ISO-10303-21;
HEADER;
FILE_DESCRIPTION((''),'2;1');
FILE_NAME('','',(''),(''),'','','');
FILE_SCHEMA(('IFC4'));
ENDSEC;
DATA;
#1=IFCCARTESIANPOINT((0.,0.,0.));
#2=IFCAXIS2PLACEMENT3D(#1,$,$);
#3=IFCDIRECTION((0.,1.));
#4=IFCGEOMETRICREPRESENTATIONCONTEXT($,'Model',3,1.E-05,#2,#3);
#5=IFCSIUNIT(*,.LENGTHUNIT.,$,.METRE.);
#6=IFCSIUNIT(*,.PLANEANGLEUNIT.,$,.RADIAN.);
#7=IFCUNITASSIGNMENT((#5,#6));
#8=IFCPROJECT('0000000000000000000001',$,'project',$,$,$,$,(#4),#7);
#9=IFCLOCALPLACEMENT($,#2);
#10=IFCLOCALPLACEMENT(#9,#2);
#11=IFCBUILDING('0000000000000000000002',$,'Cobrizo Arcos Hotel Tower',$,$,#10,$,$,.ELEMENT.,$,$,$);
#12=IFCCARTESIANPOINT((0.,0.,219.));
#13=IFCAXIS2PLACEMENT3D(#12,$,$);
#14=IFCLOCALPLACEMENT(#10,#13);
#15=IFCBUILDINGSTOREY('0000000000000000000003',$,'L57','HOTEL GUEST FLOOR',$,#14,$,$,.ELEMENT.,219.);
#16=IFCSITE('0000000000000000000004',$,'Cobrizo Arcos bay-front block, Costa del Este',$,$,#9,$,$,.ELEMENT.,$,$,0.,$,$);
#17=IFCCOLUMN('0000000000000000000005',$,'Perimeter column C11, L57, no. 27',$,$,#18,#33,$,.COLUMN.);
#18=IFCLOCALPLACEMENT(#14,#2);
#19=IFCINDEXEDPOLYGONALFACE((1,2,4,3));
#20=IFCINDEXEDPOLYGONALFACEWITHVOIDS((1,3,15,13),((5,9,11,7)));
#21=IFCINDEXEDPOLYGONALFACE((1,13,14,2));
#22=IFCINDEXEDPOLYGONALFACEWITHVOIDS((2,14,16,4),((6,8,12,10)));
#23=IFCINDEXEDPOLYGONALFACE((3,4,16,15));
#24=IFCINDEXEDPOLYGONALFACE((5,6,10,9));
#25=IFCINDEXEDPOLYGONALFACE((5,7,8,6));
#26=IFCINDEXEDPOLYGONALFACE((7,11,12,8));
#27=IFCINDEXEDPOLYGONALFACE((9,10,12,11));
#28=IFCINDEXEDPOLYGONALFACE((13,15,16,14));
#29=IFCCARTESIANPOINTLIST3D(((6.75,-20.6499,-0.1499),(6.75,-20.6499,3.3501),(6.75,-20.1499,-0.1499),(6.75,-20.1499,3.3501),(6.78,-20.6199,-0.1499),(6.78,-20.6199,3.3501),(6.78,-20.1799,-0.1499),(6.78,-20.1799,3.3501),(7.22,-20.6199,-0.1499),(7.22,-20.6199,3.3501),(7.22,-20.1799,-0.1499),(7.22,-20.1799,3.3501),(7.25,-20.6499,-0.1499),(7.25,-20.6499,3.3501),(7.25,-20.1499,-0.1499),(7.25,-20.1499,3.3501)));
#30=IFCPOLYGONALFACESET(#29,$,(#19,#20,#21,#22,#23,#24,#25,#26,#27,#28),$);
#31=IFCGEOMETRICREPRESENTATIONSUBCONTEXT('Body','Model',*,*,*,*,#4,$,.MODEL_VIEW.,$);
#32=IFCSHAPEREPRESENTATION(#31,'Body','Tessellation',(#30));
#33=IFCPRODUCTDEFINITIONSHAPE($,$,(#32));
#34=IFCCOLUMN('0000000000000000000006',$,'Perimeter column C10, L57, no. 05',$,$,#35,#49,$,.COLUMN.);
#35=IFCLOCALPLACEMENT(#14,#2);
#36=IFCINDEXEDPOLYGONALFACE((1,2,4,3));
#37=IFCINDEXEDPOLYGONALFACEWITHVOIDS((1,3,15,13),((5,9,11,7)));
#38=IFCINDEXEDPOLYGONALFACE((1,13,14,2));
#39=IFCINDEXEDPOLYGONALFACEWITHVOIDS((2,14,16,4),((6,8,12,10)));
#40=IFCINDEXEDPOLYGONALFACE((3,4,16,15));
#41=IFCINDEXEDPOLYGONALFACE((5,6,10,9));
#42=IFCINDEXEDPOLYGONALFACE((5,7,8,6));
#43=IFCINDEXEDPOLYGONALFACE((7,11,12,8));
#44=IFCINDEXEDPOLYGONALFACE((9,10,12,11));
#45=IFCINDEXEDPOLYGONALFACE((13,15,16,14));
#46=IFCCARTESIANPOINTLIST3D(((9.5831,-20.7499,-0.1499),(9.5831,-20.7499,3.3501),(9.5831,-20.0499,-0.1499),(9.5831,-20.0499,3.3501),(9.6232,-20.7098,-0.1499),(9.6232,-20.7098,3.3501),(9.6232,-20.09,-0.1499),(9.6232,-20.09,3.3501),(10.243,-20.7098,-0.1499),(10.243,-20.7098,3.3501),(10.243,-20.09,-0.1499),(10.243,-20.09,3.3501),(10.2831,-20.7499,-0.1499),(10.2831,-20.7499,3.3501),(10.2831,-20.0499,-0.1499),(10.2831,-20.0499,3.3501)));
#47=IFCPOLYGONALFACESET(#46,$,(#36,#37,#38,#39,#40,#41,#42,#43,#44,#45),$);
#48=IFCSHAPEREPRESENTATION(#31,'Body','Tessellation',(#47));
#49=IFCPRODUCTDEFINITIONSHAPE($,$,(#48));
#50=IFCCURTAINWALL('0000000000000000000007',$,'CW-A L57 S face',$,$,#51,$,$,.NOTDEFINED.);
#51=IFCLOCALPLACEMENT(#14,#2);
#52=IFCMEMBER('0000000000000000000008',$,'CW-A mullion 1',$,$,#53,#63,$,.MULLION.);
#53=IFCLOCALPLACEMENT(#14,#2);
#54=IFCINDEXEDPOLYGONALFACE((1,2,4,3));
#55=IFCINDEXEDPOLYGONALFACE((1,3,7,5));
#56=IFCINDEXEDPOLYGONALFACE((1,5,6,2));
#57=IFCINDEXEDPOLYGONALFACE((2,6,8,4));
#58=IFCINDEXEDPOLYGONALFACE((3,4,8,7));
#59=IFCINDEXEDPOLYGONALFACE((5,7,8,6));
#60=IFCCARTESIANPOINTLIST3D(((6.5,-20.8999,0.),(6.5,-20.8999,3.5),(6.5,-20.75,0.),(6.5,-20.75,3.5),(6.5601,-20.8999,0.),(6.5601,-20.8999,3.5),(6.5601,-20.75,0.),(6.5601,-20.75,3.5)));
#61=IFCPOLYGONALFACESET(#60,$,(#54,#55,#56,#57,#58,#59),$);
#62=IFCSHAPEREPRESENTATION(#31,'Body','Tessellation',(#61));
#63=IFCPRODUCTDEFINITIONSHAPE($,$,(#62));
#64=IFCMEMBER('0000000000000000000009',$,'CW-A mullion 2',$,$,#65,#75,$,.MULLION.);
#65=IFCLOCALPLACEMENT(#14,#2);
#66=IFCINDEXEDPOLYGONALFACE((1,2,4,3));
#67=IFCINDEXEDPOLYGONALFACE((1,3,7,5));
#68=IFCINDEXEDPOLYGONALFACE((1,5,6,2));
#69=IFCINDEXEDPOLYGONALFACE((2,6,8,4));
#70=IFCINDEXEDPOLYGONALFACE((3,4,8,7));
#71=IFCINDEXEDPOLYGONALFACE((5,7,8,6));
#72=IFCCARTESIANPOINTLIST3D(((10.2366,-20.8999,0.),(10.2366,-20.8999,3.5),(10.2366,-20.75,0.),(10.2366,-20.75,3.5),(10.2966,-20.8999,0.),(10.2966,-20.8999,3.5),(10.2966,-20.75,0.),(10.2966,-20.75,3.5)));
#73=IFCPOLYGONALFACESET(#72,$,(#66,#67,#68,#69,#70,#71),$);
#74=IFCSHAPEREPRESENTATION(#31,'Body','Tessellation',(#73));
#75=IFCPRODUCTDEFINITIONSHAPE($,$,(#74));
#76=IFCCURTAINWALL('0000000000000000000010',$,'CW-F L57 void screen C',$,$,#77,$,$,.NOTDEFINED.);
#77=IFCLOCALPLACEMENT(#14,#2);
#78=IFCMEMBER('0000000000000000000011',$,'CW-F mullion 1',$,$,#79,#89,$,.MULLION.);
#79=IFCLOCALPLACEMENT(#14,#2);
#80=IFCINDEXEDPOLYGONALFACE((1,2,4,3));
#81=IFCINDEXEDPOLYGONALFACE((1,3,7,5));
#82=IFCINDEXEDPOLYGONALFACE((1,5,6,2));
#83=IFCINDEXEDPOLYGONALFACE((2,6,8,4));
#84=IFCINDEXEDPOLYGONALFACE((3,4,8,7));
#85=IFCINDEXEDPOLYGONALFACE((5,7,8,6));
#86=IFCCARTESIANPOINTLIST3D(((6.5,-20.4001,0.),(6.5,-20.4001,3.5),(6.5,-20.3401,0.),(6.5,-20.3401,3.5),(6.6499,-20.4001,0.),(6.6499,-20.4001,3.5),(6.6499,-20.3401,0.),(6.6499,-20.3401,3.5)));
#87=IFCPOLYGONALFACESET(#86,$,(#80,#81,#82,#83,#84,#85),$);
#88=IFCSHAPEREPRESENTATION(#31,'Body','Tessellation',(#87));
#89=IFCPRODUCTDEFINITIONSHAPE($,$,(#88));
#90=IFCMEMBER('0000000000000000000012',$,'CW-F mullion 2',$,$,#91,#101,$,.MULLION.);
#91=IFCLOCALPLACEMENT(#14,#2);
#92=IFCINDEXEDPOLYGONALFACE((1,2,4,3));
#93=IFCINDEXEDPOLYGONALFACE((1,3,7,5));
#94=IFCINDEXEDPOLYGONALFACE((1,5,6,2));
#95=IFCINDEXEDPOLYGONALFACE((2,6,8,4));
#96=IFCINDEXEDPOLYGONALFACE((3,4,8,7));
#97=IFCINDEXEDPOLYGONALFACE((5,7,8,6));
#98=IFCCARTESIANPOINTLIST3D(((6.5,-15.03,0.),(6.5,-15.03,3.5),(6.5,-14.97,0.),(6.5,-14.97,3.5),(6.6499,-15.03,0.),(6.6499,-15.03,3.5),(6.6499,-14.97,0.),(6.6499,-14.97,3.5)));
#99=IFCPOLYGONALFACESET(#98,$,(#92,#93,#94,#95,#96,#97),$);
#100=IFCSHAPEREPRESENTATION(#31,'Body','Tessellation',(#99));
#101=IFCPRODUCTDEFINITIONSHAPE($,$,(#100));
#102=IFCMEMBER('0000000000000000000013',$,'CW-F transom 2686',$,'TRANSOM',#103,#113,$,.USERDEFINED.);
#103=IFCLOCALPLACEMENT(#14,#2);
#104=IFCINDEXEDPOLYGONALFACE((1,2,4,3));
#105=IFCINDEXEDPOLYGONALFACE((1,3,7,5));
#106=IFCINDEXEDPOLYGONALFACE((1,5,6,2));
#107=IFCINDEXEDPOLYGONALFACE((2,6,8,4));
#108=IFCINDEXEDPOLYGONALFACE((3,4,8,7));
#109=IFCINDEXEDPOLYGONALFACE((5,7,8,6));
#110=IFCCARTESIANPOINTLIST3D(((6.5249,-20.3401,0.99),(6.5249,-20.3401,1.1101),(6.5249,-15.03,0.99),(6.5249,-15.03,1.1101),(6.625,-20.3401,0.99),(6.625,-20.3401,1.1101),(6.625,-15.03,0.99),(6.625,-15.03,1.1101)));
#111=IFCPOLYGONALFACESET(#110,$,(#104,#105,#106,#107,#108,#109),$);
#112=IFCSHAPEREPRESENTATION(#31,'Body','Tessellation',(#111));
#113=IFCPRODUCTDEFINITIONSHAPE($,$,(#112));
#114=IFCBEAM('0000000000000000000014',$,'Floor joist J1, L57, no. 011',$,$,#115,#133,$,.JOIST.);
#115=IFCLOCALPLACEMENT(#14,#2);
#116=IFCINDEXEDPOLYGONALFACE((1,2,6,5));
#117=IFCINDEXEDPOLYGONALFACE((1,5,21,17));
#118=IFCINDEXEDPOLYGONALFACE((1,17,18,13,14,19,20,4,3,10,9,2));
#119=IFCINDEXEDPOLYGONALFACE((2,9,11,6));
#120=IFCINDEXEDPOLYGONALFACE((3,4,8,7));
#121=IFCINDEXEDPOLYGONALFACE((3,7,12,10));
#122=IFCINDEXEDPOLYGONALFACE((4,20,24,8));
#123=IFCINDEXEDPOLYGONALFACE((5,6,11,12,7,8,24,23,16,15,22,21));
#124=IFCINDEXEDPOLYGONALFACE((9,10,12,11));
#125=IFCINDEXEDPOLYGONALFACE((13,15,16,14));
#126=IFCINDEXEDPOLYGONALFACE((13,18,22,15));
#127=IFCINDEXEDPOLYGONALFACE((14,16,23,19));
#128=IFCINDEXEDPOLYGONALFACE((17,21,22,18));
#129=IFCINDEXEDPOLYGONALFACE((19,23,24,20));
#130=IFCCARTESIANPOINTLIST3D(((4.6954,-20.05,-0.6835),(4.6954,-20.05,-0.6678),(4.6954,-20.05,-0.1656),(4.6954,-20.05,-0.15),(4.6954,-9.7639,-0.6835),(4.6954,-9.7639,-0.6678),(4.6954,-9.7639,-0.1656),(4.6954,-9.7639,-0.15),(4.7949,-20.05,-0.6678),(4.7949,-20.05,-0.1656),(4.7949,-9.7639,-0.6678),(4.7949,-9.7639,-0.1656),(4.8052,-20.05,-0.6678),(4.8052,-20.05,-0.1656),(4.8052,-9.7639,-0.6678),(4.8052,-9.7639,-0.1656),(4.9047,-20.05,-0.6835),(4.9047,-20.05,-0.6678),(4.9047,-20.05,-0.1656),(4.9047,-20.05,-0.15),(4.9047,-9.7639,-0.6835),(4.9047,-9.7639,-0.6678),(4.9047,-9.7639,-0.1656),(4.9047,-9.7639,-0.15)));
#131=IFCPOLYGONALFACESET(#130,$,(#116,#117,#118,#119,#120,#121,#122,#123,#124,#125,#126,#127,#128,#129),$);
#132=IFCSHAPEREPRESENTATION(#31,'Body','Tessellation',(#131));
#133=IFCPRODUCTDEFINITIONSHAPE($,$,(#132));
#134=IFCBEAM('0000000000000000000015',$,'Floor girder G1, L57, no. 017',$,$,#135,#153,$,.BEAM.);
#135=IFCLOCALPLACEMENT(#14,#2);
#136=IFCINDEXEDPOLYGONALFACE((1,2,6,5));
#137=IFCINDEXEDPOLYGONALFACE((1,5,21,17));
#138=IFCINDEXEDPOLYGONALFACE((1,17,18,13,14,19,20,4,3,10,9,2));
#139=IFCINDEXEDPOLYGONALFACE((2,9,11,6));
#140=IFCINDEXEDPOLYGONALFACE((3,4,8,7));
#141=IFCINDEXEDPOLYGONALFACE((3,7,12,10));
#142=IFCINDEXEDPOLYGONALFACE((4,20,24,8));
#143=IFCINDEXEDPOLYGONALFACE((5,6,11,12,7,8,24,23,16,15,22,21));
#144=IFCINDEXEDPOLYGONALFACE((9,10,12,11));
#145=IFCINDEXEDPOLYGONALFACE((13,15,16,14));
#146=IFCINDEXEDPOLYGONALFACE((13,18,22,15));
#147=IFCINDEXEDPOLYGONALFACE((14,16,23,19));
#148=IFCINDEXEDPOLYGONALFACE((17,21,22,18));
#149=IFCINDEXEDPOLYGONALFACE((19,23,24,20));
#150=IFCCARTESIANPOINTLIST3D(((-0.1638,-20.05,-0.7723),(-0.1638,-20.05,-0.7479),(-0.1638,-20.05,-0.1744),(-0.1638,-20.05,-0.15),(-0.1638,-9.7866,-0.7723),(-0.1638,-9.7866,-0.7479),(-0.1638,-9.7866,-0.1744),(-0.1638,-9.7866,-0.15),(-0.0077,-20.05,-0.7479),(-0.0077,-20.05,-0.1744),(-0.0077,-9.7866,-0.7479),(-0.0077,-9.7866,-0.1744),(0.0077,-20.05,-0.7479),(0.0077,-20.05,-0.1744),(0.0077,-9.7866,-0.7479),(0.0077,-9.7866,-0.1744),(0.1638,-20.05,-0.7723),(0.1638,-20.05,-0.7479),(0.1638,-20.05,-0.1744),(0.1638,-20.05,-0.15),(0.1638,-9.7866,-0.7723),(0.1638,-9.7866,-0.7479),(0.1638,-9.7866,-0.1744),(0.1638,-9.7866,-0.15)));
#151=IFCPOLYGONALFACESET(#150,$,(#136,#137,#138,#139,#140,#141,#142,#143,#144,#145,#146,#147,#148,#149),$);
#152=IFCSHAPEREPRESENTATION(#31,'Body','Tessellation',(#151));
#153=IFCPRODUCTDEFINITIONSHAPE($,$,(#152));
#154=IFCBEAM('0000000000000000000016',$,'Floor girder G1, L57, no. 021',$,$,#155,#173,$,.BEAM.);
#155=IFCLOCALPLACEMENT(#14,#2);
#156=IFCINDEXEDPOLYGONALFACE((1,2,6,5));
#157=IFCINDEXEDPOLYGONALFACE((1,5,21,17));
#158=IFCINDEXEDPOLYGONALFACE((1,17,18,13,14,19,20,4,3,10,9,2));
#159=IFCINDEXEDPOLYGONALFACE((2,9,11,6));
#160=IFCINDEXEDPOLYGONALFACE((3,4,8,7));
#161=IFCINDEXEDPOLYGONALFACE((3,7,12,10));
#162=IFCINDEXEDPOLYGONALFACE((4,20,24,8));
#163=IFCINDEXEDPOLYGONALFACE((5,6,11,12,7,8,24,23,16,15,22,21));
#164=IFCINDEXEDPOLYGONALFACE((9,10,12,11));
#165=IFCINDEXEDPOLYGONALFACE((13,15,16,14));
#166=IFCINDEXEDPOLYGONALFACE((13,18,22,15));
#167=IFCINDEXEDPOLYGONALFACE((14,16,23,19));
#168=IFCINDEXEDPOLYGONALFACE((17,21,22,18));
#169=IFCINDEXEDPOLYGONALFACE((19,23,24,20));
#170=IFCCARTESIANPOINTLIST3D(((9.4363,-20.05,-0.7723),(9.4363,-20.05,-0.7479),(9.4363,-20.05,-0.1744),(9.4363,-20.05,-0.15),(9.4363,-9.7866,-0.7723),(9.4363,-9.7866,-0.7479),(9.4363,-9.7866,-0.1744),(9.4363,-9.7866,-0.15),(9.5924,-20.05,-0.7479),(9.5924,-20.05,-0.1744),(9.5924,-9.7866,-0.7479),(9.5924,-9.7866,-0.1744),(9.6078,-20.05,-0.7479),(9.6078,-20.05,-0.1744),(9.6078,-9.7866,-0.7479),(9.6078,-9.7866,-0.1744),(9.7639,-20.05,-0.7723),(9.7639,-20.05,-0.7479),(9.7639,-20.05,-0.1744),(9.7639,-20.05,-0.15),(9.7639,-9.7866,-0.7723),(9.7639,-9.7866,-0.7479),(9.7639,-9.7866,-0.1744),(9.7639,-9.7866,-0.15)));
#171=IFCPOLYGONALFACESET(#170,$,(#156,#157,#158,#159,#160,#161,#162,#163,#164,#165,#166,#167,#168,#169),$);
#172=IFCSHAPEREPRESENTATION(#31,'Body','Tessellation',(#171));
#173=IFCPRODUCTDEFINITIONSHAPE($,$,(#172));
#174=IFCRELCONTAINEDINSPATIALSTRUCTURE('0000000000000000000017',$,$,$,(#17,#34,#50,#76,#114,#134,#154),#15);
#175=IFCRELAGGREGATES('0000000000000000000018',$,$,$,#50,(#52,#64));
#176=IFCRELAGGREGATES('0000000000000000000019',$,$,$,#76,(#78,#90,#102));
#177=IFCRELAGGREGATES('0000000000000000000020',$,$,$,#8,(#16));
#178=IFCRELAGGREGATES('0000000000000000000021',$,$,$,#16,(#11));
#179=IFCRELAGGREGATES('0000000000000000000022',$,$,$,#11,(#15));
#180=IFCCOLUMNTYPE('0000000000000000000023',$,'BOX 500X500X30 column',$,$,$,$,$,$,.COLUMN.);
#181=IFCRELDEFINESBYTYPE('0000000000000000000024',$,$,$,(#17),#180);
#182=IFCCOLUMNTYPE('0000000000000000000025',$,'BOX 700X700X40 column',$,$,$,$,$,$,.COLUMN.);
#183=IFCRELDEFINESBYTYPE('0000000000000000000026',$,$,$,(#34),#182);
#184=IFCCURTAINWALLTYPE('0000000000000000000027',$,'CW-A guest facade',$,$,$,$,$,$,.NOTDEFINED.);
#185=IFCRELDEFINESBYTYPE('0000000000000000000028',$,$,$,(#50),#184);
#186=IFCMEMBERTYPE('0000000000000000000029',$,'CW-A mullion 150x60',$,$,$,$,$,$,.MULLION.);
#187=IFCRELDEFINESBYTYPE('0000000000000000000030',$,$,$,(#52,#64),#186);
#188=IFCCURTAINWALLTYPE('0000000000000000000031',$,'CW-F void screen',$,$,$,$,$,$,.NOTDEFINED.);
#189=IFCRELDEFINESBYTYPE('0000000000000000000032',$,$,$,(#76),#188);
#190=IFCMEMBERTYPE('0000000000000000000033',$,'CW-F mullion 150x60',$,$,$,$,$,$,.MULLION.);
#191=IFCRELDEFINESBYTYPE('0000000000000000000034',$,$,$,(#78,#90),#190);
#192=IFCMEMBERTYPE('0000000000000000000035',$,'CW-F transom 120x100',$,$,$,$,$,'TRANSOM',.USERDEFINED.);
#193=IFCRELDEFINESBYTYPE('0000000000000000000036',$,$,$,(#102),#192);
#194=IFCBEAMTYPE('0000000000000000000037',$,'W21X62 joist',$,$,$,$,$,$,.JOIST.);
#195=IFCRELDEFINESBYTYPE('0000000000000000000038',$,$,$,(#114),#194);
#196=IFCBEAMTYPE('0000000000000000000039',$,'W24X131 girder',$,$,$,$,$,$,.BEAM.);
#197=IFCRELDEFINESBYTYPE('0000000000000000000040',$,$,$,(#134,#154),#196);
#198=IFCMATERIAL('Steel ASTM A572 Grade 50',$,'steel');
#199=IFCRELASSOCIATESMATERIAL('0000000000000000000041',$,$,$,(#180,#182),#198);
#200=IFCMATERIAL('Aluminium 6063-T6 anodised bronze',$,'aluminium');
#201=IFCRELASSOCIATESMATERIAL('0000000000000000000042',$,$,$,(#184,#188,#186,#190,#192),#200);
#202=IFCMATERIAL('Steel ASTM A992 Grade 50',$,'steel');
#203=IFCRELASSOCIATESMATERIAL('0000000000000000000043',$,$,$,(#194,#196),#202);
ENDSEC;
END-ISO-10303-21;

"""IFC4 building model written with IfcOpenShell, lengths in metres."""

from ifc_helpers import new_model, si_unit, direction, frame, origin, origin_2d, place, context, subcontext, project, spatial, rectangle, hollow_rectangle, i_section, extrude, material, material_profile, profile_set, type_object, element, aggregate, save


model = new_model("IFC4")

# Units and contexts
model_context = context("Model", 3, precision=1e-05, world=origin(), true_north=direction((0.0, 1.0)))
body_context = subcontext(model_context, "Body", "Model", "MODEL_VIEW")
ifc_project = project(units=[si_unit("LENGTHUNIT", "METRE"), si_unit("PLANEANGLEUNIT", "RADIAN")], contexts=[model_context])

# Site, building, storey
site_placement = place(None, origin())
site = spatial("IfcSite", under=ifc_project, at=site_placement, Name="Cobrizo Arcos bay-front block, Costa del Este", CompositionType="ELEMENT", RefElevation=0.0)
building_placement = place(site_placement, origin())
building = spatial("IfcBuilding", under=site, at=building_placement, Name="Cobrizo Arcos Hotel Tower", CompositionType="ELEMENT")
storey_placement = place(building_placement, frame((0.0, 0.0, 219.0)))
storey = spatial("IfcBuildingStorey", under=building, at=storey_placement, Name="L57", Description="HOTEL GUEST FLOOR", CompositionType="ELEMENT", Elevation=219.0)

# Columns
ifc_material_1 = material(Name="Steel ASTM A572 Grade 50", Category="steel")
ifc_material_profile_1 = material_profile(ifc_material_1, hollow_rectangle(XDim=0.5, YDim=0.5, WallThickness=0.03, at=origin_2d()), Name="BOX 500X500X30")
ifc_profile_set_1 = profile_set([ifc_material_profile_1], Name="Steel ASTM A572 Grade 50")
column_type_1 = type_object("IfcColumnType", Name="BOX 500X500X30 column", PredefinedType="COLUMN", material=ifc_profile_set_1)
column_1_placement = place(storey_placement, frame((7.0, -20.3999, -0.1499), z_axis=(0.0, 0.0, 1.0), x_axis=(1.0, 0.0, 0.0)))
element("IfcColumn", 1, at=column_1_placement, inside=storey, type_object=column_type_1, Name="Perimeter column C11, L57, no. 27", PredefinedType="COLUMN", context=body_context, shape_type="SweptSolid", body=[
    extrude(hollow_rectangle(XDim=0.5, YDim=0.5, WallThickness=0.03, at=origin_2d()), origin(), (0.0, 0.0, 1.0), 3.5),
])
ifc_material_profile_2 = material_profile(ifc_material_1, hollow_rectangle(XDim=0.7, YDim=0.7, WallThickness=0.04, at=origin_2d()), Name="BOX 700X700X40")
ifc_profile_set_2 = profile_set([ifc_material_profile_2], Name="Steel ASTM A572 Grade 50")
column_type_2 = type_object("IfcColumnType", Name="BOX 700X700X40 column", PredefinedType="COLUMN", material=ifc_profile_set_2)
column_2_placement = place(storey_placement, frame((9.9331, -20.3999, -0.1499), z_axis=(0.0, 0.0, 1.0), x_axis=(1.0, 0.0, 0.0)))
element("IfcColumn", 2, at=column_2_placement, inside=storey, type_object=column_type_2, Name="Perimeter column C10, L57, no. 05", PredefinedType="COLUMN", context=body_context, shape_type="SweptSolid", body=[
    extrude(hollow_rectangle(XDim=0.7, YDim=0.7, WallThickness=0.04, at=origin_2d()), origin(), (0.0, 0.0, 1.0), 3.5),
])

# Curtain walls, members
ifc_material_2 = material(Name="Aluminium 6063-T6 anodised bronze", Category="aluminium")
curtain_wall_type_1 = type_object("IfcCurtainWallType", Name="CW-A guest facade", PredefinedType="NOTDEFINED", material=ifc_material_2)
curtain_wall_1_placement = place(storey_placement, origin())
curtain_wall_1 = element("IfcCurtainWall", 3, at=curtain_wall_1_placement, inside=storey, type_object=curtain_wall_type_1, Name="CW-A L57 S face", PredefinedType="NOTDEFINED")
ifc_material_profile_3 = material_profile(ifc_material_2, rectangle(XDim=0.1499, YDim=0.0601, at=origin_2d()), Name="CW-A mullion 150x60")
ifc_profile_set_3 = profile_set([ifc_material_profile_3], Name="Aluminium 6063-T6 anodised bronze")
member_type_1 = type_object("IfcMemberType", Name="CW-A mullion 150x60", PredefinedType="MULLION", material=ifc_profile_set_3)
member_1_placement = place(storey_placement, frame((6.53, -20.825, 0.0), z_axis=(0.0, 0.0, 1.0), x_axis=(0.0, -1.0, 0.0)))
member_1 = element("IfcMember", 4, at=member_1_placement, type_object=member_type_1, Name="CW-A mullion 1", PredefinedType="MULLION", context=body_context, shape_type="SweptSolid", body=[
    extrude(rectangle(XDim=0.1499, YDim=0.0601, at=origin_2d()), origin(), (0.0, 0.0, 1.0), 3.5),
])
member_2_placement = place(storey_placement, frame((10.2666, -20.825, 0.0), z_axis=(0.0, 0.0, 1.0), x_axis=(0.0, -1.0, 0.0)))
member_2 = element("IfcMember", 5, at=member_2_placement, type_object=member_type_1, Name="CW-A mullion 2", PredefinedType="MULLION", context=body_context, shape_type="SweptSolid", body=[
    extrude(rectangle(XDim=0.1499, YDim=0.0601, at=origin_2d()), origin(), (0.0, 0.0, 1.0), 3.5),
])
curtain_wall_type_2 = type_object("IfcCurtainWallType", Name="CW-F void screen", PredefinedType="NOTDEFINED", material=ifc_material_2)
curtain_wall_2_placement = place(storey_placement, origin())
curtain_wall_2 = element("IfcCurtainWall", 6, at=curtain_wall_2_placement, inside=storey, type_object=curtain_wall_type_2, Name="CW-F L57 void screen C", PredefinedType="NOTDEFINED")
ifc_material_profile_4 = material_profile(ifc_material_2, rectangle(XDim=0.1499, YDim=0.0601, at=origin_2d()), Name="CW-F mullion 150x60")
ifc_profile_set_4 = profile_set([ifc_material_profile_4], Name="Aluminium 6063-T6 anodised bronze")
member_type_2 = type_object("IfcMemberType", Name="CW-F mullion 150x60", PredefinedType="MULLION", material=ifc_profile_set_4)
member_3_placement = place(storey_placement, frame((6.575, -20.3701, 0.0), z_axis=(0.0, 0.0, 1.0), x_axis=(1.0, 0.0, 0.0)))
member_3 = element("IfcMember", 7, at=member_3_placement, type_object=member_type_2, Name="CW-F mullion 1", PredefinedType="MULLION", context=body_context, shape_type="SweptSolid", body=[
    extrude(rectangle(XDim=0.1499, YDim=0.0601, at=origin_2d()), origin(), (0.0, 0.0, 1.0), 3.5),
])
member_4_placement = place(storey_placement, frame((6.575, -15.0, 0.0), z_axis=(0.0, 0.0, 1.0), x_axis=(1.0, 0.0, 0.0)))
member_4 = element("IfcMember", 8, at=member_4_placement, type_object=member_type_2, Name="CW-F mullion 2", PredefinedType="MULLION", context=body_context, shape_type="SweptSolid", body=[
    extrude(rectangle(XDim=0.1499, YDim=0.0601, at=origin_2d()), origin(), (0.0, 0.0, 1.0), 3.5),
])
ifc_material_profile_5 = material_profile(ifc_material_2, rectangle(XDim=0.1001, YDim=0.1201, at=origin_2d()), Name="CW-F transom 120x100")
ifc_profile_set_5 = profile_set([ifc_material_profile_5], Name="Aluminium 6063-T6 anodised bronze")
member_type_3 = type_object("IfcMemberType", Name="CW-F transom 120x100", ElementType="TRANSOM", PredefinedType="USERDEFINED", material=ifc_profile_set_5)
member_5_placement = place(storey_placement, frame((6.575, -20.3401, 1.05), z_axis=(0.0, 1.0, 0.0), x_axis=(-1.0, 0.0, 0.0)))
member_5 = element("IfcMember", 9, at=member_5_placement, type_object=member_type_3, Name="CW-F transom 2686", ObjectType="TRANSOM", PredefinedType="USERDEFINED", context=body_context, shape_type="SweptSolid", body=[
    extrude(rectangle(XDim=0.1001, YDim=0.1201, at=origin_2d()), origin(), (0.0, 0.0, 1.0), 5.3101),
])

# Beams
ifc_material_3 = material(Name="Steel ASTM A992 Grade 50", Category="steel")
ifc_material_profile_6 = material_profile(ifc_material_3, i_section(OverallWidth=0.2092, OverallDepth=0.5334, WebThickness=0.0103, FlangeThickness=0.0156, at=origin_2d()), Name="W21X62")
ifc_profile_set_6 = profile_set([ifc_material_profile_6], Name="Steel ASTM A992 Grade 50")
beam_type_1 = type_object("IfcBeamType", Name="W21X62 joist", PredefinedType="JOIST", material=ifc_profile_set_6)
beam_1_placement = place(storey_placement, frame((4.8, -20.05, -0.4167), z_axis=(0.0, 1.0, 0.0), x_axis=(-1.0, 0.0, 0.0)))
element("IfcBeam", 10, at=beam_1_placement, inside=storey, type_object=beam_type_1, Name="Floor joist J1, L57, no. 011", PredefinedType="JOIST", context=body_context, shape_type="SweptSolid", body=[
    extrude(i_section(OverallWidth=0.2092, OverallDepth=0.5334, WebThickness=0.0103, FlangeThickness=0.0156, at=origin_2d()), origin(), (0.0, 0.0, 1.0), 10.2861),
])
ifc_material_profile_7 = material_profile(ifc_material_3, i_section(OverallWidth=0.3276, OverallDepth=0.6223, WebThickness=0.0154, FlangeThickness=0.0244, at=origin_2d()), Name="W24X131")
ifc_profile_set_7 = profile_set([ifc_material_profile_7], Name="Steel ASTM A992 Grade 50")
beam_type_2 = type_object("IfcBeamType", Name="W24X131 girder", PredefinedType="BEAM", material=ifc_profile_set_7)
for number, where, z_axis, x_axis, name in (
    (11, (0.0, -20.05, -0.4612), (0.0, 1.0, 0.0), (-1.0, 0.0, 0.0), "Floor girder G1, L57, no. 017"),
    (12, (9.6001, -20.05, -0.4612), (0.0, 1.0, 0.0), (-1.0, 0.0, 0.0), "Floor girder G1, L57, no. 021"),
):
    element("IfcBeam", number, at=place(storey_placement, frame(where, z_axis=z_axis, x_axis=x_axis)), inside=storey, type_object=beam_type_2, Name=name, PredefinedType="BEAM", context=body_context, shape_type="SweptSolid", body=[
        extrude(i_section(OverallWidth=0.3276, OverallDepth=0.6223, WebThickness=0.0154, FlangeThickness=0.0244, at=origin_2d()), origin(), (0.0, 0.0, 1.0), 10.2634),
    ])

aggregate(curtain_wall_1, [member_1, member_2])
aggregate(curtain_wall_2, [member_3, member_4, member_5])

save(model, "model.ifc")
